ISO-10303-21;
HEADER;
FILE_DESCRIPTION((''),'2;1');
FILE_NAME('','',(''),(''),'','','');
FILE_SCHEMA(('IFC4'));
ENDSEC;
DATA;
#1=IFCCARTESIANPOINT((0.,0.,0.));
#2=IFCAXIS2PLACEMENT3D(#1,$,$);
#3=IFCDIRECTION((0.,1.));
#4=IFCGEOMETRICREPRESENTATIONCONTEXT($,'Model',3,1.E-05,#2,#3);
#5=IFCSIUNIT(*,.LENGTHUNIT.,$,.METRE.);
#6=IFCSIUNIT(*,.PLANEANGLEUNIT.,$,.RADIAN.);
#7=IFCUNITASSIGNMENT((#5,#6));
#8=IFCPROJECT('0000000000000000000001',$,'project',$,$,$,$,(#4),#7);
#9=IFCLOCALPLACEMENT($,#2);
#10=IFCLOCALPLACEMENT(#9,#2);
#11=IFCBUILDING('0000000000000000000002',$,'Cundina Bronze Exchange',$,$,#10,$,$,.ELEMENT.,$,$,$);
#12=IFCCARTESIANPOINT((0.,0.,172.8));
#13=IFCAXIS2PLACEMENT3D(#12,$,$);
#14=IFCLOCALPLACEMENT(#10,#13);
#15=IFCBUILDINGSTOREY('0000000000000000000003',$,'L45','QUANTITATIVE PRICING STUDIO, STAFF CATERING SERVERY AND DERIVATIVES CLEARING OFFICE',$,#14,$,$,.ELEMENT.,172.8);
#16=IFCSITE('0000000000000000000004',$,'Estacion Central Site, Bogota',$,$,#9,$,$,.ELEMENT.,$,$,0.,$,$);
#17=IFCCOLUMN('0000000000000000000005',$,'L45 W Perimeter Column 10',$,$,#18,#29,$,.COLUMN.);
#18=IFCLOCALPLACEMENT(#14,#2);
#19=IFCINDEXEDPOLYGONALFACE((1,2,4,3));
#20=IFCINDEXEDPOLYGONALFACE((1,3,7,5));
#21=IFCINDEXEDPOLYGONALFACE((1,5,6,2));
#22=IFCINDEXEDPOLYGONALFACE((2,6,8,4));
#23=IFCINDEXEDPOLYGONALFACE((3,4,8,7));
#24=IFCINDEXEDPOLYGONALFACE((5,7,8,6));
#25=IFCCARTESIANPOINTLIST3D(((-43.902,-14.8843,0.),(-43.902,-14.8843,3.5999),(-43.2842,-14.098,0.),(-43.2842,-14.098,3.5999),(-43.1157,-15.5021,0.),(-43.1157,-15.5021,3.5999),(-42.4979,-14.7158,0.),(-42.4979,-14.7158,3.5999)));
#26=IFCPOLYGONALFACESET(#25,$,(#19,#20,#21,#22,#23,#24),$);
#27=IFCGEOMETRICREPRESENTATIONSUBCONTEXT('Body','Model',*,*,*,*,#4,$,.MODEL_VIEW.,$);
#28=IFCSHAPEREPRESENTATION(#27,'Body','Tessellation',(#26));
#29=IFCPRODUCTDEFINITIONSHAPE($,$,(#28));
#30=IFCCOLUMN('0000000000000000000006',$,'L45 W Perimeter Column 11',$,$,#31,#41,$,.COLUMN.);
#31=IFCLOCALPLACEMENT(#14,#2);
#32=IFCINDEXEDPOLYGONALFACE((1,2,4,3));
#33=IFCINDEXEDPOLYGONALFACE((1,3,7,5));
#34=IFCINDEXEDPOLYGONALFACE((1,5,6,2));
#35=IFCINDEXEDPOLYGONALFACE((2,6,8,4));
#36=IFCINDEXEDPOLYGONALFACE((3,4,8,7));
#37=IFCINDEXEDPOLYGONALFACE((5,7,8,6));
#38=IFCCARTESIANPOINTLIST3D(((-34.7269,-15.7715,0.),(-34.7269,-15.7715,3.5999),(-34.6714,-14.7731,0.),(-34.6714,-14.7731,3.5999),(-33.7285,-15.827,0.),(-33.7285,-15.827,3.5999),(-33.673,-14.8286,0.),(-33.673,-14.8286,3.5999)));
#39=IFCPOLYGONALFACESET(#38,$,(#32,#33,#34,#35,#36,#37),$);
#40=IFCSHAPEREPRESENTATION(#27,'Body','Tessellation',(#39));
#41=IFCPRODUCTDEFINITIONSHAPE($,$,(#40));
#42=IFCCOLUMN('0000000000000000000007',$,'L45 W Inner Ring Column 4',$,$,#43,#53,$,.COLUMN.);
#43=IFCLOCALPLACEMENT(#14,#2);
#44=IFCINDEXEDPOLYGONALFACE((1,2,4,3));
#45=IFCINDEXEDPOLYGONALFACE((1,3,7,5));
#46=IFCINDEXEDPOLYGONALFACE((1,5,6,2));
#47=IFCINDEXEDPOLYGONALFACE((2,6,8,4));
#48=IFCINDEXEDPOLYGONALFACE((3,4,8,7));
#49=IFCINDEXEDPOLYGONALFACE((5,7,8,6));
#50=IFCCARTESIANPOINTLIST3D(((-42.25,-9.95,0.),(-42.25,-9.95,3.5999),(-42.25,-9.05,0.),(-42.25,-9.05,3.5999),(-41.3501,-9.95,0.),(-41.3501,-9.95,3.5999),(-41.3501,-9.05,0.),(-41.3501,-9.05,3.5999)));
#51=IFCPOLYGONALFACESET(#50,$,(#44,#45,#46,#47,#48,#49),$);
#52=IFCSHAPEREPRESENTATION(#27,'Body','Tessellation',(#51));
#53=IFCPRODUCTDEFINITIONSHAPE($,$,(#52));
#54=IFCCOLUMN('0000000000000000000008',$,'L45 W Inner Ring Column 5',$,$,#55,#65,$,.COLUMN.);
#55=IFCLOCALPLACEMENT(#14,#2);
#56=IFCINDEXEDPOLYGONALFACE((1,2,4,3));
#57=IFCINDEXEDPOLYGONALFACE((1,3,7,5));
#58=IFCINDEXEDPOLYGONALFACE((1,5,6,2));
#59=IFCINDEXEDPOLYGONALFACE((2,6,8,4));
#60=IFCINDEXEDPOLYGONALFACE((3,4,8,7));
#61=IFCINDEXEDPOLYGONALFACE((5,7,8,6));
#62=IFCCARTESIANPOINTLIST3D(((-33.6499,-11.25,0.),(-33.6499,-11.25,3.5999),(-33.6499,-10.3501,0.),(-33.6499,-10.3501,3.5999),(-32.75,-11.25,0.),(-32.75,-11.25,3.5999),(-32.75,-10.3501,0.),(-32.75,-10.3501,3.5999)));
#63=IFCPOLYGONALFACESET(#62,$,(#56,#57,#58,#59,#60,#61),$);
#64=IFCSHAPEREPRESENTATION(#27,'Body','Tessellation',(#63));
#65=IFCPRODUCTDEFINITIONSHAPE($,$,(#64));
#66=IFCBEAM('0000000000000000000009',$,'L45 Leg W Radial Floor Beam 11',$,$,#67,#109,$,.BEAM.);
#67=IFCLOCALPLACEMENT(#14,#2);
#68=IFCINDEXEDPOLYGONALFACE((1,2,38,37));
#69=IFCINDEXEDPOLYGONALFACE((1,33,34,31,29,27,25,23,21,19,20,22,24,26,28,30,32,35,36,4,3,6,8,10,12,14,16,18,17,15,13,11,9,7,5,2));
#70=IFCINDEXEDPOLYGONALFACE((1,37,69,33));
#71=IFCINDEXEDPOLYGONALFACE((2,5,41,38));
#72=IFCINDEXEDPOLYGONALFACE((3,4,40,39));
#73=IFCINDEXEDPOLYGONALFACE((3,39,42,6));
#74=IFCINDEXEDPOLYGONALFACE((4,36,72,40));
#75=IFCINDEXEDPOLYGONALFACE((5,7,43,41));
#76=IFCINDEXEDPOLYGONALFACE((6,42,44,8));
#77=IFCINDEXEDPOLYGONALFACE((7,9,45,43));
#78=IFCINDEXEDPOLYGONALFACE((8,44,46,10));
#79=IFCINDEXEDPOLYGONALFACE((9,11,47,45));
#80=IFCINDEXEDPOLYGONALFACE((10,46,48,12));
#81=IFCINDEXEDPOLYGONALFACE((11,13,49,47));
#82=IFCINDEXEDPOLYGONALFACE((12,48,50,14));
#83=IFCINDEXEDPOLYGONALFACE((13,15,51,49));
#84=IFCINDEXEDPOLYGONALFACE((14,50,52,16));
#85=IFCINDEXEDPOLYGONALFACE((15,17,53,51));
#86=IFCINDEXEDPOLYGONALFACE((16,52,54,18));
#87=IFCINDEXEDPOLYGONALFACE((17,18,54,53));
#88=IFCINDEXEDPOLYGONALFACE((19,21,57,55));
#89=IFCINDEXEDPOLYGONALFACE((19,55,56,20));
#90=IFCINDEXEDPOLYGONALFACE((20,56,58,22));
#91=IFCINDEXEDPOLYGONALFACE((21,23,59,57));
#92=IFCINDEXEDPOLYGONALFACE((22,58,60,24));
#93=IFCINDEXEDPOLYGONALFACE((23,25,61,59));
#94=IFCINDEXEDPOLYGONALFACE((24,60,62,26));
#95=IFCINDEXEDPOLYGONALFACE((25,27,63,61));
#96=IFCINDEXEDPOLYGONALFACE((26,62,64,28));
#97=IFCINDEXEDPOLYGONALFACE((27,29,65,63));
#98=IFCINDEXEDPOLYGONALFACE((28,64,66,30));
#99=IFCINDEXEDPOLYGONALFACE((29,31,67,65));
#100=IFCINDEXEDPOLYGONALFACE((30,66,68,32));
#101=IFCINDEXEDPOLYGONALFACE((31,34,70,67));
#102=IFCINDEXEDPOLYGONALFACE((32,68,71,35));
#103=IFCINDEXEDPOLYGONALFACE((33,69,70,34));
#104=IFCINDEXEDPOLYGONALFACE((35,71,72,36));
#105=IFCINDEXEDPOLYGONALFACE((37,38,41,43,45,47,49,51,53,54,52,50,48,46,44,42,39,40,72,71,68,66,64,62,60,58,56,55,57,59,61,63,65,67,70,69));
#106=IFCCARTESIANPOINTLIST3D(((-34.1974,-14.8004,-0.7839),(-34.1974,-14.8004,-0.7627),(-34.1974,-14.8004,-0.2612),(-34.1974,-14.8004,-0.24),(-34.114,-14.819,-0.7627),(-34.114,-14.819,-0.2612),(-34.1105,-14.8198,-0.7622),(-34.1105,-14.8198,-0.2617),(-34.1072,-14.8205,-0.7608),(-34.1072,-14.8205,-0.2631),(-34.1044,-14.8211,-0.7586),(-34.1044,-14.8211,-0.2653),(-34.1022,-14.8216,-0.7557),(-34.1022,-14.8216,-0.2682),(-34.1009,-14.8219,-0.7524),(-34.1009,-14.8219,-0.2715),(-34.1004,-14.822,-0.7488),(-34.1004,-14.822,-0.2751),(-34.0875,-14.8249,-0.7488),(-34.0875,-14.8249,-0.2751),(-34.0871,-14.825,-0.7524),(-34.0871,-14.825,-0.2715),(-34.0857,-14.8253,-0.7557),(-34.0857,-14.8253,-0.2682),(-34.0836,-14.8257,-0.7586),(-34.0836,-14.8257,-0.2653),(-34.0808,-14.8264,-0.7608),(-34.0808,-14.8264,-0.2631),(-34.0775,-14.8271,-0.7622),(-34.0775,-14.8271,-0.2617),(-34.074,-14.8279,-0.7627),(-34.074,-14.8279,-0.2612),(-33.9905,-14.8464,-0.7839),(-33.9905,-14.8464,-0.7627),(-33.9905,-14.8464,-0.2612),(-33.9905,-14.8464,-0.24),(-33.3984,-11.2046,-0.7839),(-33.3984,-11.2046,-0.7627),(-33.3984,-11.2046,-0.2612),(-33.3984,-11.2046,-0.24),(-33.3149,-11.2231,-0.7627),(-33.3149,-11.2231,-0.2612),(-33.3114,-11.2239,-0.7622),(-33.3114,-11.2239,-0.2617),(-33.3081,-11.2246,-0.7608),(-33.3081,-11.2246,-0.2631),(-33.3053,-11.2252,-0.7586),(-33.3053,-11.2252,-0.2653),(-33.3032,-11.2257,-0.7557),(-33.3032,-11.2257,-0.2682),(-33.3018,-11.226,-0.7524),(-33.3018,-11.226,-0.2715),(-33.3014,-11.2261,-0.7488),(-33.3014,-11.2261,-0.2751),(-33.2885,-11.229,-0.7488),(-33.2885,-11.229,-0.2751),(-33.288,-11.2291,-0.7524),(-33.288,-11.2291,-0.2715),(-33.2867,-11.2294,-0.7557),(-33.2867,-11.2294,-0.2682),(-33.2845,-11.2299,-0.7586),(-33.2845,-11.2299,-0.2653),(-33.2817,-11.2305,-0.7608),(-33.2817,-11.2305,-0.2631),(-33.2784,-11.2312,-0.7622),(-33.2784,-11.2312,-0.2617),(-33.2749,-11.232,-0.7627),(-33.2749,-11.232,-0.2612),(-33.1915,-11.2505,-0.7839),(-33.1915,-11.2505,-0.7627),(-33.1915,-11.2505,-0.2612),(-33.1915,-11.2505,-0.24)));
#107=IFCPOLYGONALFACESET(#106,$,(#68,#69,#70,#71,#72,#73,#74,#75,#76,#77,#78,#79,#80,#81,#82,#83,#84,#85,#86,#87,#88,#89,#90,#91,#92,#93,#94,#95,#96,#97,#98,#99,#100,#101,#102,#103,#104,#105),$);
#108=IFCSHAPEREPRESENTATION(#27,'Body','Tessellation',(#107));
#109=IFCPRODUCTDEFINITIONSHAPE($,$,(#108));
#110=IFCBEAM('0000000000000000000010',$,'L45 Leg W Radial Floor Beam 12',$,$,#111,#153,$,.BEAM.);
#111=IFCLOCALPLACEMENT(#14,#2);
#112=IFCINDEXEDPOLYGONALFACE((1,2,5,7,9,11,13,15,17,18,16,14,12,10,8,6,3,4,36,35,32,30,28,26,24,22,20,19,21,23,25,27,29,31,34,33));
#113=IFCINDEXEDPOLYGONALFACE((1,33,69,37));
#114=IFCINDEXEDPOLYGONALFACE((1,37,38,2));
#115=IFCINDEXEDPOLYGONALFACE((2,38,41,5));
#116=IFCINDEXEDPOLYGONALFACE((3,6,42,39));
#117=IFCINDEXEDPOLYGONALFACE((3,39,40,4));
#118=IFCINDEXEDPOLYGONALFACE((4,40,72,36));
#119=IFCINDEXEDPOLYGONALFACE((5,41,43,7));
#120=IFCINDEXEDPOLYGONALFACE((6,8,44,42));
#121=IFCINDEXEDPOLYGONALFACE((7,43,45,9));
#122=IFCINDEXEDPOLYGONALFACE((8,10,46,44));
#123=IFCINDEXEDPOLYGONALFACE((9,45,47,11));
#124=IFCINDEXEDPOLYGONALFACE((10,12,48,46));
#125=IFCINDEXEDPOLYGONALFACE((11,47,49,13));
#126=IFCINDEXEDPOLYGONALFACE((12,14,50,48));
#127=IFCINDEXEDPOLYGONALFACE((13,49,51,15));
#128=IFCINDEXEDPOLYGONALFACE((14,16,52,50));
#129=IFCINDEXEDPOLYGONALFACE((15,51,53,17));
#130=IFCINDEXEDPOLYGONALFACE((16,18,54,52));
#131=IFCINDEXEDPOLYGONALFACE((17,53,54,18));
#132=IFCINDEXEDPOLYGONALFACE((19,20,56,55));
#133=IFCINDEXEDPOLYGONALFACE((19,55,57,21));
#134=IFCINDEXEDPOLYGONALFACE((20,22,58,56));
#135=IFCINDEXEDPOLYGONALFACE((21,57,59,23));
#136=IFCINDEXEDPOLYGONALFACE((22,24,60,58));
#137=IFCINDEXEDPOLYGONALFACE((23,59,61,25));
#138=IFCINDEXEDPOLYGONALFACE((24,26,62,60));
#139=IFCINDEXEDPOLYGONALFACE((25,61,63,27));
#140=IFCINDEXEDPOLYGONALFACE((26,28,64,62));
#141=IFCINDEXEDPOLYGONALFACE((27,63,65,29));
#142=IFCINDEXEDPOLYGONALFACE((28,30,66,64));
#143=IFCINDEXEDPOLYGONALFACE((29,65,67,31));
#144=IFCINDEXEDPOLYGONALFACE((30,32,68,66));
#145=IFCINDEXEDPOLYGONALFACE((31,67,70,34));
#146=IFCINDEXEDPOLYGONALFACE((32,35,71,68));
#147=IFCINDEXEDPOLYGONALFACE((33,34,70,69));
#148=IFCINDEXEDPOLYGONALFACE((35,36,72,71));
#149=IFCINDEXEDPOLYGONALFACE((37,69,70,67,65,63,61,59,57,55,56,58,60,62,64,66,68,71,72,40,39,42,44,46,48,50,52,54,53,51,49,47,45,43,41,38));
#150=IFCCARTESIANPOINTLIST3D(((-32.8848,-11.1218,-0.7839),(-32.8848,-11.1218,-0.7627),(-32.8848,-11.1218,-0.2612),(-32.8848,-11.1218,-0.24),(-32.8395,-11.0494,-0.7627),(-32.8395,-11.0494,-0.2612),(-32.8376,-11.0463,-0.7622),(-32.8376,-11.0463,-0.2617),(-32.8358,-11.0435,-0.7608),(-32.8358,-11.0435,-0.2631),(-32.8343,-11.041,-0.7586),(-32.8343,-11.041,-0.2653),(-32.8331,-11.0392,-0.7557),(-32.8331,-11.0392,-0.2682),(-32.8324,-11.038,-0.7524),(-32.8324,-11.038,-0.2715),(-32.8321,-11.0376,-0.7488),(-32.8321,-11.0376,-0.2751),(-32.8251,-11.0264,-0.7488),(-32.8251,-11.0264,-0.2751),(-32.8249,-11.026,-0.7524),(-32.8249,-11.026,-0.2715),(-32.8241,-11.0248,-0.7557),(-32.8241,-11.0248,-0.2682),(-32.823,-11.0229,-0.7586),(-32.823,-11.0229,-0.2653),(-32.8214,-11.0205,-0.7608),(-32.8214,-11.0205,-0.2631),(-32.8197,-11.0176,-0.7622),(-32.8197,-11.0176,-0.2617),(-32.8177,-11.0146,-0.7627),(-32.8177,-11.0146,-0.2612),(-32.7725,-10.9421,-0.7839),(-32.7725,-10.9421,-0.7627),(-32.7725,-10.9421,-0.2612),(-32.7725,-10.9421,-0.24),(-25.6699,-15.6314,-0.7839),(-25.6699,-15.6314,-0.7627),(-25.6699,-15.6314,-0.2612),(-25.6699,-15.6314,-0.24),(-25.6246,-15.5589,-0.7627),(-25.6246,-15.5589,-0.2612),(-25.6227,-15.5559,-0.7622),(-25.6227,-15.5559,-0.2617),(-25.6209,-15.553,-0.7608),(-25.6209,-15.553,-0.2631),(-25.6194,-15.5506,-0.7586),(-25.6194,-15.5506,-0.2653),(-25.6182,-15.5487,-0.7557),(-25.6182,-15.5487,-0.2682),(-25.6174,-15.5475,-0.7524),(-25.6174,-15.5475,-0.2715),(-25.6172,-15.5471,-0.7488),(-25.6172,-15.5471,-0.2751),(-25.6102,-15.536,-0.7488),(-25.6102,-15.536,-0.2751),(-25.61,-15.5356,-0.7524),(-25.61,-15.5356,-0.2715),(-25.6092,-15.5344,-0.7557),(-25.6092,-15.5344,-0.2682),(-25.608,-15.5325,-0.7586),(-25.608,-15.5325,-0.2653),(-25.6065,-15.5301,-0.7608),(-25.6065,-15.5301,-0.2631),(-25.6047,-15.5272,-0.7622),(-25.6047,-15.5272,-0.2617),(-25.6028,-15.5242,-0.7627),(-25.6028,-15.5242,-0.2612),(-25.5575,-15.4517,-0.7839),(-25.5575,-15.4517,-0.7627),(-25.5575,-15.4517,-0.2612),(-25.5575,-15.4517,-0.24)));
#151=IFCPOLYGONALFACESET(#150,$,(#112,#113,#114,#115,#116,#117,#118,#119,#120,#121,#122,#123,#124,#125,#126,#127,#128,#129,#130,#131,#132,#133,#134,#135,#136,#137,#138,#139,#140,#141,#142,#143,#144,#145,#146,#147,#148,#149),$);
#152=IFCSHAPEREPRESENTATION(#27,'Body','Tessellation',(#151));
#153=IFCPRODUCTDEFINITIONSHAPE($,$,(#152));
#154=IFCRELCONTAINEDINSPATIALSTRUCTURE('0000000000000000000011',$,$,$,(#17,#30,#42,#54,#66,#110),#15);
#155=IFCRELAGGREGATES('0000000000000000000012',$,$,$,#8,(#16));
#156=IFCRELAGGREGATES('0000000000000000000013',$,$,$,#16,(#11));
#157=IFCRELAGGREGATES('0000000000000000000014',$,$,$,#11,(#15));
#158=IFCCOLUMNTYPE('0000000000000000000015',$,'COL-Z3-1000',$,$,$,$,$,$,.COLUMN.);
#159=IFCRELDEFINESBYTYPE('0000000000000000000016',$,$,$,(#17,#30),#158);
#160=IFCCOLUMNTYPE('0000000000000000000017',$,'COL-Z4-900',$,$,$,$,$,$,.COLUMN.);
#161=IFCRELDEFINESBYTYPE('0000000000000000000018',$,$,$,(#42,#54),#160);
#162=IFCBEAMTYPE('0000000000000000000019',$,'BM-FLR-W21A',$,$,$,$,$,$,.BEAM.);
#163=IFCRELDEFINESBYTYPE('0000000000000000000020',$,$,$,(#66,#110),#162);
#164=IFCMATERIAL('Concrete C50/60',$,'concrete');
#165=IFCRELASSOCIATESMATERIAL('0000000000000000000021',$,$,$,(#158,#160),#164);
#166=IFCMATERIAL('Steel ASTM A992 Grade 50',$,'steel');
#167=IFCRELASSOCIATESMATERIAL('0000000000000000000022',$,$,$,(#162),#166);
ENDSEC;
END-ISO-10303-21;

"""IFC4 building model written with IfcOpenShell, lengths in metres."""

from ifc_helpers import new_model, si_unit, direction, frame, origin, origin_2d, place, context, subcontext, project, spatial, rectangle, i_section, extrude, material, material_profile, profile_set, type_object, element, save


model = new_model("IFC4")

# Units and contexts
model_context = context("Model", 3, precision=1e-05, world=origin(), true_north=direction((0.0, 1.0)))
body_context = subcontext(model_context, "Body", "Model", "MODEL_VIEW")
ifc_project = project(units=[si_unit("LENGTHUNIT", "METRE"), si_unit("PLANEANGLEUNIT", "RADIAN")], contexts=[model_context])

# Site, building, storey
site_placement = place(None, origin())
site = spatial("IfcSite", under=ifc_project, at=site_placement, Name="Estacion Central Site, Bogota", CompositionType="ELEMENT", RefElevation=0.0)
building_placement = place(site_placement, origin())
building = spatial("IfcBuilding", under=site, at=building_placement, Name="Cundina Bronze Exchange", CompositionType="ELEMENT")
storey_placement = place(building_placement, frame((0.0, 0.0, 172.8)))
storey = spatial("IfcBuildingStorey", under=building, at=storey_placement, Name="L45", Description="QUANTITATIVE PRICING STUDIO, STAFF CATERING SERVERY AND DERIVATIVES CLEARING OFFICE", CompositionType="ELEMENT", Elevation=172.8)

# Columns
ifc_material_1 = material(Name="Concrete C50/60", Category="concrete")
ifc_material_profile_1 = material_profile(ifc_material_1, rectangle(XDim=1.0, YDim=1.0, at=origin_2d()), Name="RC1000X1000", Category="concrete")
ifc_profile_set_1 = profile_set([ifc_material_profile_1], Name="Concrete C50/60")
column_type_1 = type_object("IfcColumnType", Name="COL-Z3-1000", PredefinedType="COLUMN", material=ifc_profile_set_1)
for number, where, z_axis, x_axis, name in (
    (1, (-43.2, -14.8, 0.0), (0.0, 0.0, 1.0), (0.786288, -0.61786, 0.0), "L45 W Perimeter Column 10"),
    (2, (-34.2, -15.3, 0.0), (0.0, 0.0, 1.0), (0.99846, -0.055473, 0.0), "L45 W Perimeter Column 11"),
):
    element("IfcColumn", number, at=place(storey_placement, frame(where, z_axis=z_axis, x_axis=x_axis)), inside=storey, type_object=column_type_1, Name=name, PredefinedType="COLUMN", context=body_context, shape_type="SweptSolid", body=[
        extrude(rectangle(XDim=1.0, YDim=1.0, at=origin_2d()), origin(), (0.0, 0.0, 1.0), 3.5999),
    ])
ifc_material_profile_2 = material_profile(ifc_material_1, rectangle(XDim=0.8999, YDim=0.8999, at=origin_2d()), Name="RC900X900", Category="concrete")
ifc_profile_set_2 = profile_set([ifc_material_profile_2], Name="Concrete C50/60")
column_type_2 = type_object("IfcColumnType", Name="COL-Z4-900", PredefinedType="COLUMN", material=ifc_profile_set_2)
for number, where, z_axis, x_axis, name in (
    (3, (-41.8, -9.5, 0.0), (0.0, 0.0, 1.0), (1.0, 0.0, 0.0), "L45 W Inner Ring Column 4"),
    (4, (-33.2, -10.8, 0.0), (0.0, 0.0, 1.0), (1.0, 0.0, 0.0), "L45 W Inner Ring Column 5"),
):
    element("IfcColumn", number, at=place(storey_placement, frame(where, z_axis=z_axis, x_axis=x_axis)), inside=storey, type_object=column_type_2, Name=name, PredefinedType="COLUMN", context=body_context, shape_type="SweptSolid", body=[
        extrude(rectangle(XDim=0.8999, YDim=0.8999, at=origin_2d()), origin(), (0.0, 0.0, 1.0), 3.5999),
    ])

# Beams
ifc_material_2 = material(Name="Steel ASTM A992 Grade 50", Category="steel")
ifc_material_profile_3 = material_profile(ifc_material_2, i_section(OverallWidth=0.2119, OverallDepth=0.5439, WebThickness=0.0132, FlangeThickness=0.0212, FilletRadius=0.0139, at=origin_2d()), Name="W21X83", Category="steel")
ifc_profile_set_3 = profile_set([ifc_material_profile_3], Name="Steel ASTM A992 Grade 50")
beam_type_1 = type_object("IfcBeamType", Name="BM-FLR-W21A", PredefinedType="BEAM", material=ifc_profile_set_3)
beam_1_placement = place(storey_placement, frame((-33.2949, -11.2275, -0.512), z_axis=(-0.216923, -0.976189, 0.0), x_axis=(0.976189, -0.216923, 0.0)))
element("IfcBeam", 5, at=beam_1_placement, inside=storey, type_object=beam_type_1, Name="L45 Leg W Radial Floor Beam 11", PredefinedType="BEAM", context=body_context, shape_type="SweptSolid", body=[
    extrude(i_section(OverallWidth=0.2119, OverallDepth=0.5439, WebThickness=0.0132, FlangeThickness=0.0212, FilletRadius=0.0139, at=origin_2d()), origin(), (0.0, 0.0, 1.0), 3.6836),
])
beam_2_placement = place(storey_placement, frame((-32.8286, -11.032, -0.512), z_axis=(0.847985, -0.53002, 0.0), x_axis=(0.53002, 0.847985, 0.0)))
element("IfcBeam", 6, at=beam_2_placement, inside=storey, type_object=beam_type_1, Name="L45 Leg W Radial Floor Beam 12", PredefinedType="BEAM", context=body_context, shape_type="SweptSolid", body=[
    extrude(i_section(OverallWidth=0.2119, OverallDepth=0.5439, WebThickness=0.0132, FlangeThickness=0.0212, FilletRadius=0.0139, at=origin_2d()), origin(), (0.0, 0.0, 1.0), 8.5083),
])

save(model, "model.ifc")
